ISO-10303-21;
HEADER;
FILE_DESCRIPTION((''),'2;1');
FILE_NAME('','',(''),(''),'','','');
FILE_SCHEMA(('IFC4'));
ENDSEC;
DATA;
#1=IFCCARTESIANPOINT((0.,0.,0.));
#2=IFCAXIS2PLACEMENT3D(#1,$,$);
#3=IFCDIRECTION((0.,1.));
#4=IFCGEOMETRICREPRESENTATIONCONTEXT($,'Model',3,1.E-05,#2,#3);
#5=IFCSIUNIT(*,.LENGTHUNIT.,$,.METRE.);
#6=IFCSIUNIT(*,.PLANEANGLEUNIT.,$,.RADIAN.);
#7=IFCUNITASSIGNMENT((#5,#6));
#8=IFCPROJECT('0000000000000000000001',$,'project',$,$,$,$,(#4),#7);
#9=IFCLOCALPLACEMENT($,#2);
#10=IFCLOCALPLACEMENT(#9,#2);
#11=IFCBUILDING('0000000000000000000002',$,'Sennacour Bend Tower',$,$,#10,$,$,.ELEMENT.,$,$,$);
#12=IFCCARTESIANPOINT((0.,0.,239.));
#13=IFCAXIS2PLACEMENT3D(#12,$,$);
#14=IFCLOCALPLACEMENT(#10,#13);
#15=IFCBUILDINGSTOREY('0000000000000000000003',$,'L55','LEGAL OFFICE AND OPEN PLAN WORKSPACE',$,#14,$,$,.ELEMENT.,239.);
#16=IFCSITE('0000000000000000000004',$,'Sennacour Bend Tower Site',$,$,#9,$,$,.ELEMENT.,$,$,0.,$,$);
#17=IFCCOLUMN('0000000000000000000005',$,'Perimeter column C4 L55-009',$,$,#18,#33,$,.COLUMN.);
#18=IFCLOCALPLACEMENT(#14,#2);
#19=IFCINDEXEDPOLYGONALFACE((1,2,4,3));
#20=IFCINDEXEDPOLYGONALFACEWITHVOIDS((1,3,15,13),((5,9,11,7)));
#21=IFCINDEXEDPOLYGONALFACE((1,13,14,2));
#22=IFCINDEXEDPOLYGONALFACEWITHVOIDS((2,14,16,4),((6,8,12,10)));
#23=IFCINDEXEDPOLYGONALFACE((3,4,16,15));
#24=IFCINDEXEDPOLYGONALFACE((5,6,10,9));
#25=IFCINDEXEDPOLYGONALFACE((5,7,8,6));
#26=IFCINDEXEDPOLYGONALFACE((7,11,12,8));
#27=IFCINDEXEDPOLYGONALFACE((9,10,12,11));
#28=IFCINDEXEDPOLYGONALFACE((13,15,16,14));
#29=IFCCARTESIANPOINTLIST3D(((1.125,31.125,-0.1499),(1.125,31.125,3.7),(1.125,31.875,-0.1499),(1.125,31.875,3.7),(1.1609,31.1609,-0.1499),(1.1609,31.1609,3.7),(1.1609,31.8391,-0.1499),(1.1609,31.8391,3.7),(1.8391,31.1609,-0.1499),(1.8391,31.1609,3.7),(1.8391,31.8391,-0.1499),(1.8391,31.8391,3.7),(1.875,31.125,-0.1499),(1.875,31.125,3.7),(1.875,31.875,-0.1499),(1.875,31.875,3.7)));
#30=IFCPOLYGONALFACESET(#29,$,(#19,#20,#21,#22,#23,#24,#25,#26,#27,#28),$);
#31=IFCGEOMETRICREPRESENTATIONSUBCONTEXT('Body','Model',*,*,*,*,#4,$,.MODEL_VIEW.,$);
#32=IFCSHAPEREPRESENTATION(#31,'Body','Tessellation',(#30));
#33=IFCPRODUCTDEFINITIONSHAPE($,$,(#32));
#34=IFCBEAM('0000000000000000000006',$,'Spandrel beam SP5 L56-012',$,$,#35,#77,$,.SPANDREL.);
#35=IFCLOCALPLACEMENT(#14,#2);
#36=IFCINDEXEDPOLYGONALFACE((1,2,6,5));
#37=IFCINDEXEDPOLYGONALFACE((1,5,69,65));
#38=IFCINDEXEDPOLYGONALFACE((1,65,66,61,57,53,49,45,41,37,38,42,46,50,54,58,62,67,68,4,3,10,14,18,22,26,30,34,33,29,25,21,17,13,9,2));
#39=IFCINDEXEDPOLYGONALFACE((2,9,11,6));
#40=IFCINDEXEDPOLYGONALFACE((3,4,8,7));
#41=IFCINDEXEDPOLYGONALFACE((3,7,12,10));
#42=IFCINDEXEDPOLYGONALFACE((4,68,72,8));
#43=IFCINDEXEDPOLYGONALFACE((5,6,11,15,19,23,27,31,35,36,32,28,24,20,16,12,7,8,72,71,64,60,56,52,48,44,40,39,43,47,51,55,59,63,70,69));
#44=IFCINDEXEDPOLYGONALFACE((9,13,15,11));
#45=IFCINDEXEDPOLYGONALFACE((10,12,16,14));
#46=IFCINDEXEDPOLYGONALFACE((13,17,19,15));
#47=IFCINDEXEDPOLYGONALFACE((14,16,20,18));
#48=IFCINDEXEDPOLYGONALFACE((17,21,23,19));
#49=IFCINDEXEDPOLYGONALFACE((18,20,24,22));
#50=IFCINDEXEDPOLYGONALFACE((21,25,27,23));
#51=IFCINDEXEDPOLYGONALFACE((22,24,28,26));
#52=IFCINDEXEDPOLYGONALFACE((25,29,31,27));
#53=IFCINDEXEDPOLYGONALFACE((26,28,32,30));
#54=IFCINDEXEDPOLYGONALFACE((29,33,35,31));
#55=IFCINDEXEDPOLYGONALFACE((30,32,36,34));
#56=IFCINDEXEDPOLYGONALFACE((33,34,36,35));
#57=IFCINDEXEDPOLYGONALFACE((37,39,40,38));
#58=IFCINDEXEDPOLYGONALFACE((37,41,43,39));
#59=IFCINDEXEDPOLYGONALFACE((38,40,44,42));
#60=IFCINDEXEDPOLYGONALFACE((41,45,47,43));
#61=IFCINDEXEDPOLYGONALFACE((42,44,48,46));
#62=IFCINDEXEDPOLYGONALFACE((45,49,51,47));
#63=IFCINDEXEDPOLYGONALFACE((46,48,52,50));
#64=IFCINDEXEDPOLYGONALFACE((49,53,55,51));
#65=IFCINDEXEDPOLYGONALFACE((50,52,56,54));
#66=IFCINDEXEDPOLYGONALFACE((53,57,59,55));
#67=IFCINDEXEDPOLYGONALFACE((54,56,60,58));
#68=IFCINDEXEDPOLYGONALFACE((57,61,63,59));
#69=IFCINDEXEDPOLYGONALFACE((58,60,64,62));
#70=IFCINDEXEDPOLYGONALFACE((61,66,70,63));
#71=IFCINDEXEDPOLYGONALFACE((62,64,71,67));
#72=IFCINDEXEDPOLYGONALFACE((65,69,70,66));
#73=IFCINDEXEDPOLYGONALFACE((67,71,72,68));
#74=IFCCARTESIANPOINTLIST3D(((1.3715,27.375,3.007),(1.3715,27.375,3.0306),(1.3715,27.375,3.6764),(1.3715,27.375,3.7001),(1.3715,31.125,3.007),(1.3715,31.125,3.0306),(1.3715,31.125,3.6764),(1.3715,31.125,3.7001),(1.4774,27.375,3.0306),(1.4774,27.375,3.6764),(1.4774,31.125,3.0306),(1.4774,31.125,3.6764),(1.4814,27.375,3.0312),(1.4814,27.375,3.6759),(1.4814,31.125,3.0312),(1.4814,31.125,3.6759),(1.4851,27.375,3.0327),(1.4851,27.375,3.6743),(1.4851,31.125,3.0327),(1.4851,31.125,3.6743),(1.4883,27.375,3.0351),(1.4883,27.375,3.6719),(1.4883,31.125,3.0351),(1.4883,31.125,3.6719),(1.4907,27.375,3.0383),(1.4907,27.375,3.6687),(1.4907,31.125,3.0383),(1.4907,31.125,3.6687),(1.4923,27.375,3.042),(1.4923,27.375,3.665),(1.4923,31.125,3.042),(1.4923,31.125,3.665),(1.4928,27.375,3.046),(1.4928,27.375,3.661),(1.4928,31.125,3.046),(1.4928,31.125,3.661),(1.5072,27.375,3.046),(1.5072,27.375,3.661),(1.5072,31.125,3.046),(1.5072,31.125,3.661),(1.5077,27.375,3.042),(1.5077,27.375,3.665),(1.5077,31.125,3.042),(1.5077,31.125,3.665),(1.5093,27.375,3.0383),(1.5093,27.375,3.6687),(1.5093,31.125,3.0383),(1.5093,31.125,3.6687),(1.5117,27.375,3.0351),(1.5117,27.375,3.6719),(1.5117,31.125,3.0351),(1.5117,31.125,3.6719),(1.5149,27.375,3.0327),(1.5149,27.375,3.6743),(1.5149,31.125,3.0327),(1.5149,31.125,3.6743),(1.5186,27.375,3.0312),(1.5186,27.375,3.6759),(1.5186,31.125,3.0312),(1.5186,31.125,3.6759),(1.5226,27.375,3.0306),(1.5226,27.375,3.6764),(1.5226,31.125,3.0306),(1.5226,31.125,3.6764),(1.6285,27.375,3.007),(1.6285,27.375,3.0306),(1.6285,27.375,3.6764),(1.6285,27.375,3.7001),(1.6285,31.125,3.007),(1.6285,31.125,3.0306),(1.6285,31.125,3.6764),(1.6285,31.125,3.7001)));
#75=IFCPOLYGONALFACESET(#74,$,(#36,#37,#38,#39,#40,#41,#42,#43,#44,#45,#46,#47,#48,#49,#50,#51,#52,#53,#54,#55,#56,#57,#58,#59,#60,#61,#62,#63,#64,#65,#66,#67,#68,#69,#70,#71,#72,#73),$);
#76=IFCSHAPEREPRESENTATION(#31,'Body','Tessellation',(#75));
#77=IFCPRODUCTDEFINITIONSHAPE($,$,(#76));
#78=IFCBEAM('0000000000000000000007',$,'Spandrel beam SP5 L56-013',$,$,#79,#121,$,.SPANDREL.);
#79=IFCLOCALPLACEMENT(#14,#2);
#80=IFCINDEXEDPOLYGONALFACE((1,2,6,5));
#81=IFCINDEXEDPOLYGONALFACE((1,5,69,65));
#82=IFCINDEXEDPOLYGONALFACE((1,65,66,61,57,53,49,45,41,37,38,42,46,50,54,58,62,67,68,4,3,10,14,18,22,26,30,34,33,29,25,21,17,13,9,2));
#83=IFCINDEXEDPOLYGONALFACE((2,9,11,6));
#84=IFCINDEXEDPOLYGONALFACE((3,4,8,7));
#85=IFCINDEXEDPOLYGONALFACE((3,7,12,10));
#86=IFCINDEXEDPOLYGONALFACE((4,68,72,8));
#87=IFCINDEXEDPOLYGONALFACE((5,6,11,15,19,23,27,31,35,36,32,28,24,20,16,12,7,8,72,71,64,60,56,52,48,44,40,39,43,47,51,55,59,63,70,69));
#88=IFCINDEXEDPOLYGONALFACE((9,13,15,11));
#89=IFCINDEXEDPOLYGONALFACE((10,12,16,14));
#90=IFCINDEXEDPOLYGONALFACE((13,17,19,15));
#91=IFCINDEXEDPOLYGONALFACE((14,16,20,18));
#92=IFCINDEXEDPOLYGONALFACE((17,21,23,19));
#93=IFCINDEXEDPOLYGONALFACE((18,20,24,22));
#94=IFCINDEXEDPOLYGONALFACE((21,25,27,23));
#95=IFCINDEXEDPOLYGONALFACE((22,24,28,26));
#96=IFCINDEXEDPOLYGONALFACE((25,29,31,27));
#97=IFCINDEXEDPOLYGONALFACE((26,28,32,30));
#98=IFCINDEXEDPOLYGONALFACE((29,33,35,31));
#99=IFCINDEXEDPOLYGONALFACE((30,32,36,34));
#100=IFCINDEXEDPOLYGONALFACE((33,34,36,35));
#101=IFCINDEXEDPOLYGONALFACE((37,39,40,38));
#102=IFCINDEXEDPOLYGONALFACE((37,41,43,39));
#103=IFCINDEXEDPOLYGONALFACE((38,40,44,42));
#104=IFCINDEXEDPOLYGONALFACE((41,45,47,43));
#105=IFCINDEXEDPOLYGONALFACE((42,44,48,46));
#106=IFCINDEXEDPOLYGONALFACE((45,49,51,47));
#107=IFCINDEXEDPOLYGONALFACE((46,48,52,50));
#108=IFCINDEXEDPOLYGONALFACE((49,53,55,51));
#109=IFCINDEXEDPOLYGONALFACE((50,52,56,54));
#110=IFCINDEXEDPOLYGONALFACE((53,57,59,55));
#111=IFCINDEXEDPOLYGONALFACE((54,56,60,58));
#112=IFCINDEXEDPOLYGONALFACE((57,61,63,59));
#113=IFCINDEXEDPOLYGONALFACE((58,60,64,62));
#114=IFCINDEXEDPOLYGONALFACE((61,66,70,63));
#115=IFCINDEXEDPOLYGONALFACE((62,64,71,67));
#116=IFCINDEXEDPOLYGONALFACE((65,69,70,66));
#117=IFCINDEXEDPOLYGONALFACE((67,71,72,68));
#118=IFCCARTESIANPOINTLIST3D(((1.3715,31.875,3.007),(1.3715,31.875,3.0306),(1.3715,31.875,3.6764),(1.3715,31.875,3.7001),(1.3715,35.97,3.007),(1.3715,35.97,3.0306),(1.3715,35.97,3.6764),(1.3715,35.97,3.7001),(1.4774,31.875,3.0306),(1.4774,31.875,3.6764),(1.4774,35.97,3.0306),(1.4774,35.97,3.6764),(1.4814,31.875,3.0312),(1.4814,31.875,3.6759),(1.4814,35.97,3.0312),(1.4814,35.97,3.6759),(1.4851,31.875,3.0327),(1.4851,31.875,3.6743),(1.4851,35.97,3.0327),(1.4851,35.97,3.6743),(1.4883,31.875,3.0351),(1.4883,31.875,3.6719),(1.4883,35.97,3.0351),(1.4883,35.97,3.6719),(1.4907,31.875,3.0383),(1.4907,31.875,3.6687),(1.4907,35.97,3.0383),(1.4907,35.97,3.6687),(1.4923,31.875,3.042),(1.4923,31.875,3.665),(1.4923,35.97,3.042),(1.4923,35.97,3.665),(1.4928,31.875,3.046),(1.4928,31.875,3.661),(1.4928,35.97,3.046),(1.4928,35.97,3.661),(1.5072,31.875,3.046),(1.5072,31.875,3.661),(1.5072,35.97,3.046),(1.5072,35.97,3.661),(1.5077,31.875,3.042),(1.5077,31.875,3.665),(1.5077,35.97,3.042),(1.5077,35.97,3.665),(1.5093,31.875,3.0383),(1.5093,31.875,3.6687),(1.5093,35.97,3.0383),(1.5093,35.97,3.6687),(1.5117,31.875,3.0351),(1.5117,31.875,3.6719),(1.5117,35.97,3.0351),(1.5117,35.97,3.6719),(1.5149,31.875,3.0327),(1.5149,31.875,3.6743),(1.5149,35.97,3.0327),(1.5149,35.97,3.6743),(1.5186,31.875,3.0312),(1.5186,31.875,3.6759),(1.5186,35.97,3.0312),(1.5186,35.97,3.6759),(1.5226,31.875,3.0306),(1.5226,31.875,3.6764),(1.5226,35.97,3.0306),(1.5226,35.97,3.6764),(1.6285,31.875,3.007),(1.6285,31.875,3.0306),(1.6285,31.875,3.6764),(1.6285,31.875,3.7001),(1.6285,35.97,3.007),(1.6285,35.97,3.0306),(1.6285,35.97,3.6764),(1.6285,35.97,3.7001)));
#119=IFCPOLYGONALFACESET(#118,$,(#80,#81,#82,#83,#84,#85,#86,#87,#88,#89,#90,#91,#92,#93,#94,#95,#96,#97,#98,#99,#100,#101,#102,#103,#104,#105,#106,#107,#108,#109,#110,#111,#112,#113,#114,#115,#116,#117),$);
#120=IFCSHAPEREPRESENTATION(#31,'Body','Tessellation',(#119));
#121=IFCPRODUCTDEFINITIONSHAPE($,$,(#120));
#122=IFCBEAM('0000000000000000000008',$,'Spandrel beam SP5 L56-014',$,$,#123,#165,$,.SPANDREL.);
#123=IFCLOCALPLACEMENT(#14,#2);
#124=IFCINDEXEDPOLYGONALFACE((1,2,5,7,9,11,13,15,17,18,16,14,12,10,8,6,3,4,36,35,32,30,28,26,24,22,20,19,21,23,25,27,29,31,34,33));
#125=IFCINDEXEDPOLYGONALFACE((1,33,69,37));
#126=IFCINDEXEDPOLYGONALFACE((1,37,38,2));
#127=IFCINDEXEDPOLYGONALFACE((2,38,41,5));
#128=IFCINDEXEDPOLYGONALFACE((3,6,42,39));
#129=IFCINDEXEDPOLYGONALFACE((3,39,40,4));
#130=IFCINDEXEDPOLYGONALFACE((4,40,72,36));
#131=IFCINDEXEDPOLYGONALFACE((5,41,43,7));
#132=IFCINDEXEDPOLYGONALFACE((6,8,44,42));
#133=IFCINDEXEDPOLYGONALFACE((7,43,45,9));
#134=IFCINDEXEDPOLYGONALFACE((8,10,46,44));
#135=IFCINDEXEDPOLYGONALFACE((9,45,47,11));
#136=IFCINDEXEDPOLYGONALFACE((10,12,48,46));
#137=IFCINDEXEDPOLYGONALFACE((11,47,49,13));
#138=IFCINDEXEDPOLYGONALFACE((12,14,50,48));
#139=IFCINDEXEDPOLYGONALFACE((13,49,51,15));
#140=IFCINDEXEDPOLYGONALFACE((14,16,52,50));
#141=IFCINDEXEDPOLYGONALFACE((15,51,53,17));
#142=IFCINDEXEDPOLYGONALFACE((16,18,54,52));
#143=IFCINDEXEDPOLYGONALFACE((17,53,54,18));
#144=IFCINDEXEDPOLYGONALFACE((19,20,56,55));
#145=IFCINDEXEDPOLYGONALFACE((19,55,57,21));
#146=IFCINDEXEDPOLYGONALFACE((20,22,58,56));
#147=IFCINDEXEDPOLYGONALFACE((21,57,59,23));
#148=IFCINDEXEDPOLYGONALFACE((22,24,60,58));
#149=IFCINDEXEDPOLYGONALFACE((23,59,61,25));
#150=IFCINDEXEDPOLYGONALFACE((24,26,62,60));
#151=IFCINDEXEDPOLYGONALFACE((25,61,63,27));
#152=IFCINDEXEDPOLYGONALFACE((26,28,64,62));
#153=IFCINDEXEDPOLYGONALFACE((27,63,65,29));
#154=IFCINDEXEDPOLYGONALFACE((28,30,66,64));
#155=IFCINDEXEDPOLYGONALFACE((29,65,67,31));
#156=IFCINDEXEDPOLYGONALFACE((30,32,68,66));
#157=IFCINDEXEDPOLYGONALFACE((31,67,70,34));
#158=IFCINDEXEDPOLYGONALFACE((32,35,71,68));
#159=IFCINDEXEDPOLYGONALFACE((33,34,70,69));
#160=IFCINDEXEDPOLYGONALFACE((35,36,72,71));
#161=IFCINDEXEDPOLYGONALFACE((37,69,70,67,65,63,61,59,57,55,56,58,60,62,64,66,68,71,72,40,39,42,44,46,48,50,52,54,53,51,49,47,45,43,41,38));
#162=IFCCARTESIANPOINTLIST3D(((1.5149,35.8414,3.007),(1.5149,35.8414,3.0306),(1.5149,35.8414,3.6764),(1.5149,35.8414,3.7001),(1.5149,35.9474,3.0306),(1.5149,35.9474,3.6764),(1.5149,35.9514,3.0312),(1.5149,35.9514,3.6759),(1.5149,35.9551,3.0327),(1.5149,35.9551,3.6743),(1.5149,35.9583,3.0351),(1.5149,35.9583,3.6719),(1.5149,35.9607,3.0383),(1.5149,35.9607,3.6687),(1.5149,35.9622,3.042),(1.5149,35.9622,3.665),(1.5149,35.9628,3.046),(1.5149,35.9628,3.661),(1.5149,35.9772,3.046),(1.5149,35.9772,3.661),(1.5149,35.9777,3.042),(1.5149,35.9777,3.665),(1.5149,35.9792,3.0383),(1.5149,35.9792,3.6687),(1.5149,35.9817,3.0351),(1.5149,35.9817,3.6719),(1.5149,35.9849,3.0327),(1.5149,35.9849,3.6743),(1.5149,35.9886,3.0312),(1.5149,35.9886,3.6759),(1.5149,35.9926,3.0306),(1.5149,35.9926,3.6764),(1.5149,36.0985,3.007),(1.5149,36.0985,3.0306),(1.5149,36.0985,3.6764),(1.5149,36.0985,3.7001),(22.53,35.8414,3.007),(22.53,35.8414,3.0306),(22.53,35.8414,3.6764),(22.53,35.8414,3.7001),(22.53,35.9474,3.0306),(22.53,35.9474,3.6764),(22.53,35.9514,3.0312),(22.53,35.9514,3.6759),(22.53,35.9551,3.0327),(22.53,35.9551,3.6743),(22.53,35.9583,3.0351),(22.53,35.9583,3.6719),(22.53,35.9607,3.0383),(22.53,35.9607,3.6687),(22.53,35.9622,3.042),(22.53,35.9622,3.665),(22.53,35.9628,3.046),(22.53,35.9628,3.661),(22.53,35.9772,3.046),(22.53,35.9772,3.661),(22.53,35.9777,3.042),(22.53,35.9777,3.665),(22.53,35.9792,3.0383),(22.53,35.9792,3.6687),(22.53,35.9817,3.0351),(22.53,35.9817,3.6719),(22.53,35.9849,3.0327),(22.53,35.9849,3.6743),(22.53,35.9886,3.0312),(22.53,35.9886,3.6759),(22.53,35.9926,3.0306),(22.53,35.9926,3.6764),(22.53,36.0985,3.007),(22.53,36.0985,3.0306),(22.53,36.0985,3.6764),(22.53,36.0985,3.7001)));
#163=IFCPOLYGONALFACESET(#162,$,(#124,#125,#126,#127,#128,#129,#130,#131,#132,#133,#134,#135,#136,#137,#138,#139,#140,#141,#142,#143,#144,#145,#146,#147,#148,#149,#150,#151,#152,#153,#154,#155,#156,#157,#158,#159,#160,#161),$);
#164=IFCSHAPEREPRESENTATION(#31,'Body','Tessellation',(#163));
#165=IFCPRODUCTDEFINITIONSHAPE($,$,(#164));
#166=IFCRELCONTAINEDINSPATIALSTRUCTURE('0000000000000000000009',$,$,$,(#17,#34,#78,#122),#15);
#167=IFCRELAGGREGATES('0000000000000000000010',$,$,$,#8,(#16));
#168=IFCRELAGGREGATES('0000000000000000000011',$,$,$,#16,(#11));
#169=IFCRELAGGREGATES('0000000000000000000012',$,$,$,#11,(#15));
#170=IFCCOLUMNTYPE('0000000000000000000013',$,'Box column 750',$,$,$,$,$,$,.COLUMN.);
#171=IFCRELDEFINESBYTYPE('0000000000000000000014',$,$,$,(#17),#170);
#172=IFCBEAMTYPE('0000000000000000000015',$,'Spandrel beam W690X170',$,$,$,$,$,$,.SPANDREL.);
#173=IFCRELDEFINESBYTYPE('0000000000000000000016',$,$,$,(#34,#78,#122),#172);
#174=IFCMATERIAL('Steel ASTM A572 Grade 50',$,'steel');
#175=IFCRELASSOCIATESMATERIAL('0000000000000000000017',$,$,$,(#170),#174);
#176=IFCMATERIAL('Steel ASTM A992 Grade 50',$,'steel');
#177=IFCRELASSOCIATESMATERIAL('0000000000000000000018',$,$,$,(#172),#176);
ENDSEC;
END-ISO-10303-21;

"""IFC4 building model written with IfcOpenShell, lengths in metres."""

from ifc_helpers import new_model, si_unit, direction, frame, origin, origin_2d, place, context, subcontext, project, spatial, hollow_rectangle, i_section, extrude, material, material_profile, profile_set, type_object, element, save


model = new_model("IFC4")

# Units and contexts
model_context = context("Model", 3, precision=1e-05, world=origin(), true_north=direction((0.0, 1.0)))
body_context = subcontext(model_context, "Body", "Model", "MODEL_VIEW")
ifc_project = project(units=[si_unit("LENGTHUNIT", "METRE"), si_unit("PLANEANGLEUNIT", "RADIAN")], contexts=[model_context])

# Site, building, storey
site_placement = place(None, origin())
site = spatial("IfcSite", under=ifc_project, at=site_placement, Name="Sennacour Bend Tower Site", CompositionType="ELEMENT", RefElevation=0.0)
building_placement = place(site_placement, origin())
building = spatial("IfcBuilding", under=site, at=building_placement, Name="Sennacour Bend Tower", CompositionType="ELEMENT")
storey_placement = place(building_placement, frame((0.0, 0.0, 239.0)))
storey = spatial("IfcBuildingStorey", under=building, at=storey_placement, Name="L55", Description="LEGAL OFFICE AND OPEN PLAN WORKSPACE", CompositionType="ELEMENT", Elevation=239.0)

# Column
ifc_material_1 = material(Name="Steel ASTM A572 Grade 50", Category="steel")
ifc_material_profile_1 = material_profile(ifc_material_1, hollow_rectangle(XDim=0.75, YDim=0.75, WallThickness=0.0359, at=origin_2d()), Name="Steel ASTM A572 Grade 50", Category="steel")
ifc_profile_set_1 = profile_set([ifc_material_profile_1], Name="Steel ASTM A572 Grade 50")
column_type = type_object("IfcColumnType", Name="Box column 750", PredefinedType="COLUMN", material=ifc_profile_set_1)
column_placement = place(storey_placement, frame((1.5, 31.5, -0.1499), z_axis=(0.0, 0.0, 1.0), x_axis=(1.0, 0.0, 0.0)))
element("IfcColumn", 1, at=column_placement, inside=storey, type_object=column_type, Name="Perimeter column C4 L55-009", PredefinedType="COLUMN", context=body_context, shape_type="SweptSolid", body=[
    extrude(hollow_rectangle(XDim=0.75, YDim=0.75, WallThickness=0.0359, at=origin_2d()), origin(), (0.0, 0.0, 1.0), 3.8499),
])

# Beams
ifc_material_2 = material(Name="Steel ASTM A992 Grade 50", Category="steel")
ifc_material_profile_2 = material_profile(ifc_material_2, i_section(OverallWidth=0.2571, OverallDepth=0.6931, WebThickness=0.0144, FlangeThickness=0.0237, FilletRadius=0.0154, at=origin_2d()), Name="Steel ASTM A992 Grade 50", Category="steel")
ifc_profile_set_2 = profile_set([ifc_material_profile_2], Name="Steel ASTM A992 Grade 50")
beam_type = type_object("IfcBeamType", Name="Spandrel beam W690X170", PredefinedType="SPANDREL", material=ifc_profile_set_2)
beam_1_placement = place(storey_placement, frame((1.5, 27.375, 3.3535), z_axis=(0.0, 1.0, 0.0), x_axis=(-1.0, 0.0, 0.0)))
element("IfcBeam", 2, at=beam_1_placement, inside=storey, type_object=beam_type, Name="Spandrel beam SP5 L56-012", PredefinedType="SPANDREL", context=body_context, shape_type="SweptSolid", body=[
    extrude(i_section(OverallWidth=0.2571, OverallDepth=0.6931, WebThickness=0.0144, FlangeThickness=0.0237, FilletRadius=0.0154, at=origin_2d()), origin(), (0.0, 0.0, 1.0), 3.75),
])
beam_2_placement = place(storey_placement, frame((1.5, 31.875, 3.3535), z_axis=(0.0, 1.0, 0.0), x_axis=(-1.0, 0.0, 0.0)))
element("IfcBeam", 3, at=beam_2_placement, inside=storey, type_object=beam_type, Name="Spandrel beam SP5 L56-013", PredefinedType="SPANDREL", context=body_context, shape_type="SweptSolid", body=[
    extrude(i_section(OverallWidth=0.2571, OverallDepth=0.6931, WebThickness=0.0144, FlangeThickness=0.0237, FilletRadius=0.0154, at=origin_2d()), origin(), (0.0, 0.0, 1.0), 4.095),
])
beam_3_placement = place(storey_placement, frame((1.5149, 35.97, 3.3535), z_axis=(1.0, 0.0, 0.0), x_axis=(0.0, 1.0, 0.0)))
element("IfcBeam", 4, at=beam_3_placement, inside=storey, type_object=beam_type, Name="Spandrel beam SP5 L56-014", PredefinedType="SPANDREL", context=body_context, shape_type="SweptSolid", body=[
    extrude(i_section(OverallWidth=0.2571, OverallDepth=0.6931, WebThickness=0.0144, FlangeThickness=0.0237, FilletRadius=0.0154, at=origin_2d()), origin(), (0.0, 0.0, 1.0), 21.0151),
])

save(model, "model.ifc")
